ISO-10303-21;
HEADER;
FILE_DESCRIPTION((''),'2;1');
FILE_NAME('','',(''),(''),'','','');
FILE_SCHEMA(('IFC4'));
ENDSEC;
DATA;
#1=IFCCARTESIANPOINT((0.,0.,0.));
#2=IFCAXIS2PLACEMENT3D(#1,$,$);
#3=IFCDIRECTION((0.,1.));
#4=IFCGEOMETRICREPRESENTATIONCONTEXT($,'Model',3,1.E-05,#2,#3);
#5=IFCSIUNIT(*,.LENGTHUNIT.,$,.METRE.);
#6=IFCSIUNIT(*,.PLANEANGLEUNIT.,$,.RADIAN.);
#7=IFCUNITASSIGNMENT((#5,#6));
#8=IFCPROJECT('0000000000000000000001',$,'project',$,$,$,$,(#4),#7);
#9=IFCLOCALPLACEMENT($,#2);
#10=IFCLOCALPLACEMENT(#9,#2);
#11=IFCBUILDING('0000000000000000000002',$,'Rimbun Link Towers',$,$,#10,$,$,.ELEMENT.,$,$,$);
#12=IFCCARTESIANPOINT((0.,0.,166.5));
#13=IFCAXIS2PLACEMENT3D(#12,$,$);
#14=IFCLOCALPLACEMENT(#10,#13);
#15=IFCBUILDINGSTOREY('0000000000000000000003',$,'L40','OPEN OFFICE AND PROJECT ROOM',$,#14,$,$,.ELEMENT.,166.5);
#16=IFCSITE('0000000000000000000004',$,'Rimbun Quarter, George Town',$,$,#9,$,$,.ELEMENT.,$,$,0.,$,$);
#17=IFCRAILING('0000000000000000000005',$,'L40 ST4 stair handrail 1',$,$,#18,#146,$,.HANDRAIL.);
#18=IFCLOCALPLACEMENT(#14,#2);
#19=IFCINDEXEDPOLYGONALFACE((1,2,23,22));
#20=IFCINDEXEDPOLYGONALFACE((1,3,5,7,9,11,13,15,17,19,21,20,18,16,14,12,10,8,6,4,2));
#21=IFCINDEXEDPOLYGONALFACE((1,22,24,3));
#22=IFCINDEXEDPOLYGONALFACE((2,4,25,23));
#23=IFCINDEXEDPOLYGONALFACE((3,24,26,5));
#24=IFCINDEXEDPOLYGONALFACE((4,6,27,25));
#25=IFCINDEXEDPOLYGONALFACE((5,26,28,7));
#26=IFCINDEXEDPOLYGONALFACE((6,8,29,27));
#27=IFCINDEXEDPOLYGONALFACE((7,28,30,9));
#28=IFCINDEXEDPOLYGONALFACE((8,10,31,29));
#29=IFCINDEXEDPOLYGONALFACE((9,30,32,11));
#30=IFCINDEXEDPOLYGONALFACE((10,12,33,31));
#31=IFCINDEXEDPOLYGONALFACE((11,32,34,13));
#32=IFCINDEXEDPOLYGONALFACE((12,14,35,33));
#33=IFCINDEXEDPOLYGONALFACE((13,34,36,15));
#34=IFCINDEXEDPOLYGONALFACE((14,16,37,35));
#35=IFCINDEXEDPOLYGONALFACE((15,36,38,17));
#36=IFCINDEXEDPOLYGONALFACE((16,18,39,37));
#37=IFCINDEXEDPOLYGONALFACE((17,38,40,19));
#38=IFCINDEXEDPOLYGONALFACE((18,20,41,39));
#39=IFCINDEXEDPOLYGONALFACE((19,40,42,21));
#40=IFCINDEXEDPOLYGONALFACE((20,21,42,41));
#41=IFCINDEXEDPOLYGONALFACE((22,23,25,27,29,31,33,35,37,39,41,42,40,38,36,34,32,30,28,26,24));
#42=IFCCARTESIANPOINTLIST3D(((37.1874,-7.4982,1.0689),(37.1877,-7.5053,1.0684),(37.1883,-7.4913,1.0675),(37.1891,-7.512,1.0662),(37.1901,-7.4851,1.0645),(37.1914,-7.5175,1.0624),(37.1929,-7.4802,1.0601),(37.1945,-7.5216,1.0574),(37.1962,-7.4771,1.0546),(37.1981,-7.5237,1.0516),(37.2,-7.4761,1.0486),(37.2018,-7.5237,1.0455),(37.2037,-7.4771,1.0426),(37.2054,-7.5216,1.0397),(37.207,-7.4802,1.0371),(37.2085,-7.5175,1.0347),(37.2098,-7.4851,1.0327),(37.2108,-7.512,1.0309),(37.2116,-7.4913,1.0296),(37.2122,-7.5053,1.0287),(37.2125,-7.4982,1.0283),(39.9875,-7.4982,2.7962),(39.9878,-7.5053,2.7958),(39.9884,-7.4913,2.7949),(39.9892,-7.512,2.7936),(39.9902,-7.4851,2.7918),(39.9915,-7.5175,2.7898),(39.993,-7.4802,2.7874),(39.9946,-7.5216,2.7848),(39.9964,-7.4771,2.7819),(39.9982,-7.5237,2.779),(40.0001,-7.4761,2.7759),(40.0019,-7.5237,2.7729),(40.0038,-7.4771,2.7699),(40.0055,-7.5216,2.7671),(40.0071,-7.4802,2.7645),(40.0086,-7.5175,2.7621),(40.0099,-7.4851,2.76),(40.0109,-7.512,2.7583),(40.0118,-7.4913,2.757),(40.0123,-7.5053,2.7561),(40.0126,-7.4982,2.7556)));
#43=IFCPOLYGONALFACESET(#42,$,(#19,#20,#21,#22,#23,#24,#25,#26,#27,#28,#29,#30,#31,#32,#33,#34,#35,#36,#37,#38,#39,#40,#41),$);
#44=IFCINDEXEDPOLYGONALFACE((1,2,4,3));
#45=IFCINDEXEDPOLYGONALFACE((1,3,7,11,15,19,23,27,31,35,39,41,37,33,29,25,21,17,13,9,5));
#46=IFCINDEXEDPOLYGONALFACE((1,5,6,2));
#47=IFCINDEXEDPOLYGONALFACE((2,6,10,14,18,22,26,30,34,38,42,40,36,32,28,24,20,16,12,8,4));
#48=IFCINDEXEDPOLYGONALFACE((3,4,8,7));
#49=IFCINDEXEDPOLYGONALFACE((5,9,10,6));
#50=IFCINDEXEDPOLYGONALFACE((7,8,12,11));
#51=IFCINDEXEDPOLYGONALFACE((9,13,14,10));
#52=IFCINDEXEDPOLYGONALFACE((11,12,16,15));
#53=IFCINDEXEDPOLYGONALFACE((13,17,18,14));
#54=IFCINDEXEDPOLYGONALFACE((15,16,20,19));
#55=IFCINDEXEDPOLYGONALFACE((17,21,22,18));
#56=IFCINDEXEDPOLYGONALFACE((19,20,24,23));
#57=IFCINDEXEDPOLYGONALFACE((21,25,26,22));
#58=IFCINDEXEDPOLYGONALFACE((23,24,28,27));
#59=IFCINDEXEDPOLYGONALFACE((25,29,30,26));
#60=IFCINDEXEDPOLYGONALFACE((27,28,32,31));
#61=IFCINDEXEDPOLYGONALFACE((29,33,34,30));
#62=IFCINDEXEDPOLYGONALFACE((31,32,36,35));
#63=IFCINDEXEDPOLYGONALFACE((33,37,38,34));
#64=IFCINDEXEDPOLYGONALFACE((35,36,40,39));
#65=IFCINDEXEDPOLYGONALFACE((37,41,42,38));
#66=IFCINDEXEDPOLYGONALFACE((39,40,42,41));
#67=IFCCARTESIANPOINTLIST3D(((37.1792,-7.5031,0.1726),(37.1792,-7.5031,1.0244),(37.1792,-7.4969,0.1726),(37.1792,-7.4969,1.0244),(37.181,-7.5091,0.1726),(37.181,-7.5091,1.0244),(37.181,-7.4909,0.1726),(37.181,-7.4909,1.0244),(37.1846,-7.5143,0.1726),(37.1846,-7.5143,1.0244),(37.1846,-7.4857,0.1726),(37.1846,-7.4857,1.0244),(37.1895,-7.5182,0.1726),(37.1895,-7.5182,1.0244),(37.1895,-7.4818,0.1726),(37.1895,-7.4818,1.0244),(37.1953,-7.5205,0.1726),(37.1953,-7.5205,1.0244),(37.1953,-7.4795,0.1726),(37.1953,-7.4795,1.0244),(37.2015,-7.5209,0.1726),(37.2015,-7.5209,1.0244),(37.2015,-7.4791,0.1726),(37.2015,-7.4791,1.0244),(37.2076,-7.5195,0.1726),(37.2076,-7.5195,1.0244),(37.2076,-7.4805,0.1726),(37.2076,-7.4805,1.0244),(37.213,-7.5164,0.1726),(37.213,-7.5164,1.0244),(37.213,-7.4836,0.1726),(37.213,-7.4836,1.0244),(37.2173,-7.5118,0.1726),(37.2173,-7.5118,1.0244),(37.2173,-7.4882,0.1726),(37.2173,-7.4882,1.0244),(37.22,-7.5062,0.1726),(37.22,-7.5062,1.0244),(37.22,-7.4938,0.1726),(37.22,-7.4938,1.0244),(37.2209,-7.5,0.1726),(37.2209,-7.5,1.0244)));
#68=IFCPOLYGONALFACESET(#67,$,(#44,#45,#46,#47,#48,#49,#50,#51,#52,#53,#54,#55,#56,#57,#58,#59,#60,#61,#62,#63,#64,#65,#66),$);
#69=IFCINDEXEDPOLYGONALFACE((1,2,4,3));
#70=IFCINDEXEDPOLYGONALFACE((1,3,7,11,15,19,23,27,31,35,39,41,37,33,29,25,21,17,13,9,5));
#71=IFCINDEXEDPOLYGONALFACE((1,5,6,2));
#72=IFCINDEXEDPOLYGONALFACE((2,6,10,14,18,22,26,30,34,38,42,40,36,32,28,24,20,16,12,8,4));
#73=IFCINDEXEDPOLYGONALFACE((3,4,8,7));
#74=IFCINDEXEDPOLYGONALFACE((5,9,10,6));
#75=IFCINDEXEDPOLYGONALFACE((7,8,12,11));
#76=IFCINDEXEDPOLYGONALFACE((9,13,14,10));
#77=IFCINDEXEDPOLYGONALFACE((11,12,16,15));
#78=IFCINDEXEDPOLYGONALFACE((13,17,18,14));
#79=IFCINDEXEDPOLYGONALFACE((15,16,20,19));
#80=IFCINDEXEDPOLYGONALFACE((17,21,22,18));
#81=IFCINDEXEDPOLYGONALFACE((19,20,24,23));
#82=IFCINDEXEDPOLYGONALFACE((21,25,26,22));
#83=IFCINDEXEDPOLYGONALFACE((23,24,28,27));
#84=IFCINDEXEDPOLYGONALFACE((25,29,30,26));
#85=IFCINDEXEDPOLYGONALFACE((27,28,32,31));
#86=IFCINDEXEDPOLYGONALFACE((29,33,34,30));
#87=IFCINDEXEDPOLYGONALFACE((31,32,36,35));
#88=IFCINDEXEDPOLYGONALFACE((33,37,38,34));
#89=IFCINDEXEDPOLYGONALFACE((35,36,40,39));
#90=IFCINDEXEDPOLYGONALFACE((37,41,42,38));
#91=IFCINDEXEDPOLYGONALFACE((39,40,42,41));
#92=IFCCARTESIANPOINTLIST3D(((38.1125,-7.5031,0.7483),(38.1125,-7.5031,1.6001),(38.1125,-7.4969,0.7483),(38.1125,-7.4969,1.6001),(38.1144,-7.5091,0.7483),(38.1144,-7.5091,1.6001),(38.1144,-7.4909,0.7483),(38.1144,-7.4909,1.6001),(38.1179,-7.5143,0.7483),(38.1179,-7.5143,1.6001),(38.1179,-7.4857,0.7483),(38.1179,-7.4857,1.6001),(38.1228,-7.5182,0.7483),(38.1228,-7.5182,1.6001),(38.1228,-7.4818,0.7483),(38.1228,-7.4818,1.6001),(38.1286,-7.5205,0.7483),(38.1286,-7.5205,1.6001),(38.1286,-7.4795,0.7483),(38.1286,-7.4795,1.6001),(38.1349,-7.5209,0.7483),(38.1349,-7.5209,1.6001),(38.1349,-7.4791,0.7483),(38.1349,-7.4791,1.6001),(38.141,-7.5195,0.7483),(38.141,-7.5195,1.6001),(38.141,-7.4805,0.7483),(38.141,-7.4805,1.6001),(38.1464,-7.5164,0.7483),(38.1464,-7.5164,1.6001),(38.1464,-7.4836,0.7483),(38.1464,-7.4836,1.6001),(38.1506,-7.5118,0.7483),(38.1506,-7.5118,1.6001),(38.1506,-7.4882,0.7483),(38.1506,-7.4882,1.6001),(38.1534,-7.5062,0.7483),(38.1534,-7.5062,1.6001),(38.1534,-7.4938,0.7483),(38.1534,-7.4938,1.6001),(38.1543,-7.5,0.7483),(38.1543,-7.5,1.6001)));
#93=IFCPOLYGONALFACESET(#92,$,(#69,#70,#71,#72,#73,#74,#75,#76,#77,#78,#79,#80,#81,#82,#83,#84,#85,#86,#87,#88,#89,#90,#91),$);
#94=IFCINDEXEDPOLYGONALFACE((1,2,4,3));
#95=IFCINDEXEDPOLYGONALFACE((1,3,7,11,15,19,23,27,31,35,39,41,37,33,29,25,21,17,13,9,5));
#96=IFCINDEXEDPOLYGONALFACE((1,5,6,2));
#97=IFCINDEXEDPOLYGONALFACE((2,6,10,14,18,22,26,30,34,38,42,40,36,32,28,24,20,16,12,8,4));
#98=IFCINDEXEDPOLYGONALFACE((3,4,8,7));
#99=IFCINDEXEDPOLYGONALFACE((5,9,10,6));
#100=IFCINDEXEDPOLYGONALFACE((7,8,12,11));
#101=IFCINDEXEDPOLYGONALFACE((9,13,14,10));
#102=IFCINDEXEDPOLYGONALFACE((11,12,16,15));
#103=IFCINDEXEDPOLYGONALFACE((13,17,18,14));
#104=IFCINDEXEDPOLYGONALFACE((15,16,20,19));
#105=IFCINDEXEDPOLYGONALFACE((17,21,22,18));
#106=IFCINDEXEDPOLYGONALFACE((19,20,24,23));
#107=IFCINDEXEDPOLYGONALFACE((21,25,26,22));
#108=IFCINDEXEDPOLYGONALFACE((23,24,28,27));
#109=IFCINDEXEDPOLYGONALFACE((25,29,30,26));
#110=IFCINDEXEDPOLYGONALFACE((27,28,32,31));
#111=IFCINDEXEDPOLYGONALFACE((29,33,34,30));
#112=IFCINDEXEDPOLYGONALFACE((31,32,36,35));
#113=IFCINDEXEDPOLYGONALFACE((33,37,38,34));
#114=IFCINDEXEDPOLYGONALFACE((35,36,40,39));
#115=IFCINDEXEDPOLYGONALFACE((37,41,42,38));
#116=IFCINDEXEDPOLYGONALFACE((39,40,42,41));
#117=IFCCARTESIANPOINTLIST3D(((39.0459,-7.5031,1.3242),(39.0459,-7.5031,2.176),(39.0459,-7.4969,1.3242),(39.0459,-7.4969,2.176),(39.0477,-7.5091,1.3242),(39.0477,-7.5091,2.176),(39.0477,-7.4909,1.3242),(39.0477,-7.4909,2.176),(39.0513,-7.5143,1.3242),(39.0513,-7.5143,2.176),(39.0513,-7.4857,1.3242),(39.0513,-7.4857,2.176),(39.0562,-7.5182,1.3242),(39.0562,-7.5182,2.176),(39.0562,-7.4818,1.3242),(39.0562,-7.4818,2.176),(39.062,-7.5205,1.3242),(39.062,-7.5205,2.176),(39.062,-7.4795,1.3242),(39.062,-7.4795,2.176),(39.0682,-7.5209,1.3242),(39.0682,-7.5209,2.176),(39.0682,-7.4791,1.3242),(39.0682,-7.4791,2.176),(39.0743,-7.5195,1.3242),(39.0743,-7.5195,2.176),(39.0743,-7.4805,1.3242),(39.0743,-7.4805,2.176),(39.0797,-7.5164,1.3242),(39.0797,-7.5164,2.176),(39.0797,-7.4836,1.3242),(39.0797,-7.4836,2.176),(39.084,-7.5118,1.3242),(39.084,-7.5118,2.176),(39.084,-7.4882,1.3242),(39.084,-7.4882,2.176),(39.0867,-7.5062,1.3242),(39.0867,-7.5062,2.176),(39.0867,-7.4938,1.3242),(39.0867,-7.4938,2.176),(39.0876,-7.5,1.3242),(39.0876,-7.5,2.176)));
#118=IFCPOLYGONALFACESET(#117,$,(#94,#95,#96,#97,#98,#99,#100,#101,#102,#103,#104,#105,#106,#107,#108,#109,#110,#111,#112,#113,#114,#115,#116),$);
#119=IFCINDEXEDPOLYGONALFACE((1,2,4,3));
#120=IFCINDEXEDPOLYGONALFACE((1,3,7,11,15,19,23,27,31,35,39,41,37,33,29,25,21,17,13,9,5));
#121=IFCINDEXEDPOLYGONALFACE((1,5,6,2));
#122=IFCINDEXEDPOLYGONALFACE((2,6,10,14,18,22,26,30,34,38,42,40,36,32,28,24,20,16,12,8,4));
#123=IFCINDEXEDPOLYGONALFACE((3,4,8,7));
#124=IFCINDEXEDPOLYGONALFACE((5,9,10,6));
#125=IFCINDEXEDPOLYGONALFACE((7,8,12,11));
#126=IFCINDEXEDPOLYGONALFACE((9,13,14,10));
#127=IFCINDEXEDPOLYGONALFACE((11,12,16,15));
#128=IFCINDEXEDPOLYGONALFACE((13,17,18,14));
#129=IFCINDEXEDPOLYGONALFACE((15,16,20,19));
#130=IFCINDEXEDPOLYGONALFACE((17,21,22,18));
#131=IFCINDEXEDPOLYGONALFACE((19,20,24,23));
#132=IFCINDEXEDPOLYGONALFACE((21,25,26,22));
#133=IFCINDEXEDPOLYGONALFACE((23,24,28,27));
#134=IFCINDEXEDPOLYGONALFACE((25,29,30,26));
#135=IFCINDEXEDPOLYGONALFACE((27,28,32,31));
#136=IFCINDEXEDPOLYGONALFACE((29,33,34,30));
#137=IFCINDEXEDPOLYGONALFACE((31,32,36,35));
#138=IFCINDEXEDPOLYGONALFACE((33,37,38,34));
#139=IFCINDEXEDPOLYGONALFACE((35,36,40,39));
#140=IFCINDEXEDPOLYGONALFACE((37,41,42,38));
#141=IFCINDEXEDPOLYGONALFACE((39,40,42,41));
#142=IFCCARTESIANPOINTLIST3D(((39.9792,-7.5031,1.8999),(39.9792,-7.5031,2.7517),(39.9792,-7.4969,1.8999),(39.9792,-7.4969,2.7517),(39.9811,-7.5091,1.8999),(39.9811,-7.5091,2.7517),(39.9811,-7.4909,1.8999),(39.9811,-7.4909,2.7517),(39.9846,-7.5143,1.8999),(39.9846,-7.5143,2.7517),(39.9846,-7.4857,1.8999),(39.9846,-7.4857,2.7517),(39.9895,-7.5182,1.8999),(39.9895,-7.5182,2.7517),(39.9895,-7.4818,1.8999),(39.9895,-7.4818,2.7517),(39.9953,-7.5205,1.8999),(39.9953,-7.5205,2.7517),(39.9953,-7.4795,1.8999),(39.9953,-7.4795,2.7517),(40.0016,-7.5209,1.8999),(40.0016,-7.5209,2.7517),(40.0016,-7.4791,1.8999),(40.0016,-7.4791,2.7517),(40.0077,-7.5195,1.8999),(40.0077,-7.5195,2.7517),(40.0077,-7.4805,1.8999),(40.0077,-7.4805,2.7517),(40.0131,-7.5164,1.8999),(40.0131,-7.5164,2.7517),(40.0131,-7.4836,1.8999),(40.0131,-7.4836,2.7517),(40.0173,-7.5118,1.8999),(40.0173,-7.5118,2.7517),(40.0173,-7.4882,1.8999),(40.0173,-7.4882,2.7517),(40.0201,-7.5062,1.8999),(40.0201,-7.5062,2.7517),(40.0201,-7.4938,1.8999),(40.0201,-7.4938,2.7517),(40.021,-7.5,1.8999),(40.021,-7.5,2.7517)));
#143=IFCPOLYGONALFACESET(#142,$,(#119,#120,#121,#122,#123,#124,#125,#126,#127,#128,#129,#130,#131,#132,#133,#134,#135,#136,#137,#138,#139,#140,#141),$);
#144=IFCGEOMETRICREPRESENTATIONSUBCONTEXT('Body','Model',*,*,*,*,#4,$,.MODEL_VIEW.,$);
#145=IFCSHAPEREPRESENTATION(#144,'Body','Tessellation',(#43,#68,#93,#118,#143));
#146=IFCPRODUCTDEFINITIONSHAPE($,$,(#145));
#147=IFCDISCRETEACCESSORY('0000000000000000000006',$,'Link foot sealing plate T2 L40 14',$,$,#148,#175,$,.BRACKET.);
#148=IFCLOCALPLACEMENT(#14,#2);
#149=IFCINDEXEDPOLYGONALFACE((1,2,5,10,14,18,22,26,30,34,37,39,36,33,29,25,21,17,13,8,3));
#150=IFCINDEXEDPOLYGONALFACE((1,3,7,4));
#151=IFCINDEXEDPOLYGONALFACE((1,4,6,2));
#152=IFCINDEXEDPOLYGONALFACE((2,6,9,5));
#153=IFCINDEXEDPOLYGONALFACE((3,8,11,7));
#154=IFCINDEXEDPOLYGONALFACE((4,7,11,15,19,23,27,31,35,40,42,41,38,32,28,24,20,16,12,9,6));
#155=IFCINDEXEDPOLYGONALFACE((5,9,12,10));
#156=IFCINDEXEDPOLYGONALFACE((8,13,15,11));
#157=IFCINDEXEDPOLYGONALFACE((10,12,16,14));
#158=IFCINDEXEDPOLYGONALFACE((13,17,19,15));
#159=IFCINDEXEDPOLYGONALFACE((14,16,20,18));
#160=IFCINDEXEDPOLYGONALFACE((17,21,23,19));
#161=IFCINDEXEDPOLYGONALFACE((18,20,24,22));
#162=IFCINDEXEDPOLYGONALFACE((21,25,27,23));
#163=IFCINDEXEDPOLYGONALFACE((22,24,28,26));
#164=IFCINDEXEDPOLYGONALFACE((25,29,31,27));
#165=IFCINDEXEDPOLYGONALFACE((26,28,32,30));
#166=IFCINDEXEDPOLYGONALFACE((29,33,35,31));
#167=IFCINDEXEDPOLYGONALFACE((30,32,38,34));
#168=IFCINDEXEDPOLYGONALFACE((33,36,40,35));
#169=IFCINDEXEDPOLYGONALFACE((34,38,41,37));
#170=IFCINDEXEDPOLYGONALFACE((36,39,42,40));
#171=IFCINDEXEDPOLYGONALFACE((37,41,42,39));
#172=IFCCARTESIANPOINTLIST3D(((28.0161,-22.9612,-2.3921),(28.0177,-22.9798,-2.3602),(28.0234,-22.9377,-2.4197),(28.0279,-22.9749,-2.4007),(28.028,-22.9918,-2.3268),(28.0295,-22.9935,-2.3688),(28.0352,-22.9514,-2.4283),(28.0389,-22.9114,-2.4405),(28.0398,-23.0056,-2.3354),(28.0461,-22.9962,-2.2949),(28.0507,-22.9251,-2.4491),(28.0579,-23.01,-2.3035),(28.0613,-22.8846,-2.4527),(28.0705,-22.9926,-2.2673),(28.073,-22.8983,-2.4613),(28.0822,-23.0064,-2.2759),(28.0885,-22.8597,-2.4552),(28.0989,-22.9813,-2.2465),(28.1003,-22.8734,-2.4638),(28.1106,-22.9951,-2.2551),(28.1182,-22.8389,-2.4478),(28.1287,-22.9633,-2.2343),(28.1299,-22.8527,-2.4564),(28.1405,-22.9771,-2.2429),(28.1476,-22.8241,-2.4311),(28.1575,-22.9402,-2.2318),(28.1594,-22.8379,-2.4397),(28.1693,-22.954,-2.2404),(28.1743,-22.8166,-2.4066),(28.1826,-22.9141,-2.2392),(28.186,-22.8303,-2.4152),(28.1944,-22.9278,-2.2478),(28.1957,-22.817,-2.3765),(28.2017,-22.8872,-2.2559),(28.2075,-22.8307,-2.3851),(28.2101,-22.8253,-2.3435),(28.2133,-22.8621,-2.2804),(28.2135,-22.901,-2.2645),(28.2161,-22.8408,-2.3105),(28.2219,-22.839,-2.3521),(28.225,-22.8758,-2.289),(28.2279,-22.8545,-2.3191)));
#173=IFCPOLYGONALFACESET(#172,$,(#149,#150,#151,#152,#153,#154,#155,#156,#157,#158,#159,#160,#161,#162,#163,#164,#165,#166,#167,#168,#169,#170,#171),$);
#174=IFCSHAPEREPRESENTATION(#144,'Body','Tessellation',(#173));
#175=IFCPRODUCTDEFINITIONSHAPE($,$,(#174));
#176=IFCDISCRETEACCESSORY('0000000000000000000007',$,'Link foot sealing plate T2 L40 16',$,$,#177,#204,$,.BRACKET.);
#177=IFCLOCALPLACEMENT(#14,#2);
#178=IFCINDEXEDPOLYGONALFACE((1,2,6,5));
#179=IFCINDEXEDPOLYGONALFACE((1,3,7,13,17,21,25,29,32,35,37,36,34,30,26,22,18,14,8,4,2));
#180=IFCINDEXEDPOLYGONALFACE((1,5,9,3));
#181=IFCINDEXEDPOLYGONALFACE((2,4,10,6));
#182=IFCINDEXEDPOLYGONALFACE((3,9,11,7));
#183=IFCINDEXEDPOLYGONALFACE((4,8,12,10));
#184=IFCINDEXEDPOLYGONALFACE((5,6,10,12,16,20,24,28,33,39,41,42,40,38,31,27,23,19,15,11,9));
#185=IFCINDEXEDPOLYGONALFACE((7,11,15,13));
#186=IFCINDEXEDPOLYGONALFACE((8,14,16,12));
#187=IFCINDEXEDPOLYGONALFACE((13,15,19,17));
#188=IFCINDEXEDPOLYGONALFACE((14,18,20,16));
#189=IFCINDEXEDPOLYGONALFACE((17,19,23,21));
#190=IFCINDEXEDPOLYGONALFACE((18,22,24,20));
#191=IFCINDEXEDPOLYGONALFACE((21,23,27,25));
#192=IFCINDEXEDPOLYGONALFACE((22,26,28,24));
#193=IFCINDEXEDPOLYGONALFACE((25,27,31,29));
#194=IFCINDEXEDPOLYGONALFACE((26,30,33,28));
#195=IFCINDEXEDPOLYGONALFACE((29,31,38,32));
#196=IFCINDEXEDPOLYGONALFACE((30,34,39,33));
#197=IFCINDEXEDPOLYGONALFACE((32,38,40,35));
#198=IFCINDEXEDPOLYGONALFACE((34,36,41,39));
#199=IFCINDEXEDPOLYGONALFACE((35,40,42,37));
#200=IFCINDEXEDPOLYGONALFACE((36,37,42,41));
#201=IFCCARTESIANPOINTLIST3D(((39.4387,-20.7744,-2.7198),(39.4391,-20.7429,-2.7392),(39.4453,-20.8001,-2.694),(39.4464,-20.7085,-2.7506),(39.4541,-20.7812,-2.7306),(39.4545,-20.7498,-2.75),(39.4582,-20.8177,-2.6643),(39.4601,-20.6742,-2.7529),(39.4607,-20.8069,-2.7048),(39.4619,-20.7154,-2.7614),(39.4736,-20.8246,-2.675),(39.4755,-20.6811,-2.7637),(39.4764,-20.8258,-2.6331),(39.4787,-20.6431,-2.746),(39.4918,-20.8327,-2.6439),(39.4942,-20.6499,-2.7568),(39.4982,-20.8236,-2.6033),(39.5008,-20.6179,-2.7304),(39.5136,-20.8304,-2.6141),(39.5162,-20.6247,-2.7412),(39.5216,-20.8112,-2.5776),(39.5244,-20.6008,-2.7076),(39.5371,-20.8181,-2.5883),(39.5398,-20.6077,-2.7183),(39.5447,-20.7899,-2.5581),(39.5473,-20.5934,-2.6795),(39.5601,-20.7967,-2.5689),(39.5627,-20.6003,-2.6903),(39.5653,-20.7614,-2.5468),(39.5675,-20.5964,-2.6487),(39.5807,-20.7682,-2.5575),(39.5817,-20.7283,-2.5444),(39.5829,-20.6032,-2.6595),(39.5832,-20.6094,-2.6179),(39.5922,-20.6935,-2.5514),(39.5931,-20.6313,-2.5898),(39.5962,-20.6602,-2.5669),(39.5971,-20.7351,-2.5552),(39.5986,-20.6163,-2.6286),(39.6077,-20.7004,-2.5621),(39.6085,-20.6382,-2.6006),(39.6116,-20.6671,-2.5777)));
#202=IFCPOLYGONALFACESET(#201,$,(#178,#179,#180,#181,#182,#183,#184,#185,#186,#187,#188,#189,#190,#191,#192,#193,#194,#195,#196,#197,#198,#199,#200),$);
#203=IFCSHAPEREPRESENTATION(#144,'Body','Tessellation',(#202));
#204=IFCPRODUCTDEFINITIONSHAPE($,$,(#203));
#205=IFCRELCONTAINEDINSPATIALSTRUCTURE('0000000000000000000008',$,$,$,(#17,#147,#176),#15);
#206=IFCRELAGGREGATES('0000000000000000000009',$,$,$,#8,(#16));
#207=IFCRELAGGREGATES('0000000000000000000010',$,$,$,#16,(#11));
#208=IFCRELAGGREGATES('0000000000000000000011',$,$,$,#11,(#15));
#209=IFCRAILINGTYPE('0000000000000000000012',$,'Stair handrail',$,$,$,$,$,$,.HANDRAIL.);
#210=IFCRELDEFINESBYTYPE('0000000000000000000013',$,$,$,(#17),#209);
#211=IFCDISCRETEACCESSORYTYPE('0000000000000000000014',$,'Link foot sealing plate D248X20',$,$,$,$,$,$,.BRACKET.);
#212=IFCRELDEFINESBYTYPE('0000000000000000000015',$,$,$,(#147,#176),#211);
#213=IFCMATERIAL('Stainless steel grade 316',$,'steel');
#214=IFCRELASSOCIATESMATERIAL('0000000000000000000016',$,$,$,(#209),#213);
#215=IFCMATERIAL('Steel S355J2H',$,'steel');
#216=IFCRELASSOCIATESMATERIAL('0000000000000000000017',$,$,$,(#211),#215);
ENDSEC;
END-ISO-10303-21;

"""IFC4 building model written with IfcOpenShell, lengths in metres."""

from ifc_helpers import new_model, si_unit, direction, frame, origin, origin_2d, place, context, subcontext, project, spatial, circle, extrude, material, material_profile, profile_set, type_object, element, save


model = new_model("IFC4")

# Units and contexts
model_context = context("Model", 3, precision=1e-05, world=origin(), true_north=direction((0.0, 1.0)))
body_context = subcontext(model_context, "Body", "Model", "MODEL_VIEW")
ifc_project = project(units=[si_unit("LENGTHUNIT", "METRE"), si_unit("PLANEANGLEUNIT", "RADIAN")], contexts=[model_context])

# Site, building, storey
site_placement = place(None, origin())
site = spatial("IfcSite", under=ifc_project, at=site_placement, Name="Rimbun Quarter, George Town", CompositionType="ELEMENT", RefElevation=0.0)
building_placement = place(site_placement, origin())
building = spatial("IfcBuilding", under=site, at=building_placement, Name="Rimbun Link Towers", CompositionType="ELEMENT")
storey_placement = place(building_placement, frame((0.0, 0.0, 166.5)))
storey = spatial("IfcBuildingStorey", under=building, at=storey_placement, Name="L40", Description="OPEN OFFICE AND PROJECT ROOM", CompositionType="ELEMENT", Elevation=166.5)

# Railing
ifc_material_1 = material(Name="Stainless steel grade 316", Category="steel")
railing_type_1 = type_object("IfcRailingType", Name="Stair handrail", PredefinedType="HANDRAIL", material=ifc_material_1)
railing_1_placement = place(storey_placement, frame((37.2, -7.5, 0.1726)))
element("IfcRailing", 1, at=railing_1_placement, inside=storey, type_object=railing_type_1, Name="L40 ST4 stair handrail 1", PredefinedType="HANDRAIL", context=body_context, shape_type="SweptSolid", body=[
    extrude(circle(Radius=0.0239, at=origin_2d()), frame((0.0, 0.0, 0.876), z_axis=(0.85109, 0.0, 0.52502), x_axis=(0.0, 1.0, 0.0)), (0.0, 0.0, 1.0), 3.29),
    extrude(circle(Radius=0.021, at=origin_2d()), origin(), (0.0, 0.0, 1.0), 0.8518),
    extrude(circle(Radius=0.021, at=origin_2d()), frame((0.9333, 0.0, 0.5757)), (0.0, 0.0, 1.0), 0.8518),
    extrude(circle(Radius=0.021, at=origin_2d()), frame((1.8667, 0.0, 1.1516)), (0.0, 0.0, 1.0), 0.8518),
    extrude(circle(Radius=0.021, at=origin_2d()), frame((2.8, 0.0, 1.7273)), (0.0, 0.0, 1.0), 0.8518),
])

# Discrete accessories
ifc_material_2 = material(Name="Steel S355J2H", Category="steel")
ifc_material_profile_1 = material_profile(ifc_material_2, circle(Radius=0.124, at=origin_2d()), Name="PL D248")
ifc_profile_set_1 = profile_set([ifc_material_profile_1], Name="Steel S355J2H")
discrete_accessory_type = type_object("IfcDiscreteAccessoryType", Name="Link foot sealing plate D248X20", PredefinedType="BRACKET", material=ifc_profile_set_1)
for number, where, z_axis, x_axis, name in (
    (2, (28.116, -22.906, -2.3435), (0.587951, -0.685943, -0.428714), (0.759257, 0.650791, 0.0), "Link foot sealing plate T2 L40 14"),
    (3, (39.5171, -20.7097, -2.6487), (0.7703, -0.342356, -0.537987), (0.406138, 0.913812, 0.0), "Link foot sealing plate T2 L40 16"),
):
    element("IfcDiscreteAccessory", number, at=place(storey_placement, frame(where, z_axis=z_axis, x_axis=x_axis)), inside=storey, type_object=discrete_accessory_type, Name=name, PredefinedType="BRACKET", context=body_context, shape_type="SweptSolid", body=[
        extrude(circle(Radius=0.124, at=origin_2d()), origin(), (0.0, 0.0, 1.0), 0.02),
    ])

save(model, "model.ifc")
